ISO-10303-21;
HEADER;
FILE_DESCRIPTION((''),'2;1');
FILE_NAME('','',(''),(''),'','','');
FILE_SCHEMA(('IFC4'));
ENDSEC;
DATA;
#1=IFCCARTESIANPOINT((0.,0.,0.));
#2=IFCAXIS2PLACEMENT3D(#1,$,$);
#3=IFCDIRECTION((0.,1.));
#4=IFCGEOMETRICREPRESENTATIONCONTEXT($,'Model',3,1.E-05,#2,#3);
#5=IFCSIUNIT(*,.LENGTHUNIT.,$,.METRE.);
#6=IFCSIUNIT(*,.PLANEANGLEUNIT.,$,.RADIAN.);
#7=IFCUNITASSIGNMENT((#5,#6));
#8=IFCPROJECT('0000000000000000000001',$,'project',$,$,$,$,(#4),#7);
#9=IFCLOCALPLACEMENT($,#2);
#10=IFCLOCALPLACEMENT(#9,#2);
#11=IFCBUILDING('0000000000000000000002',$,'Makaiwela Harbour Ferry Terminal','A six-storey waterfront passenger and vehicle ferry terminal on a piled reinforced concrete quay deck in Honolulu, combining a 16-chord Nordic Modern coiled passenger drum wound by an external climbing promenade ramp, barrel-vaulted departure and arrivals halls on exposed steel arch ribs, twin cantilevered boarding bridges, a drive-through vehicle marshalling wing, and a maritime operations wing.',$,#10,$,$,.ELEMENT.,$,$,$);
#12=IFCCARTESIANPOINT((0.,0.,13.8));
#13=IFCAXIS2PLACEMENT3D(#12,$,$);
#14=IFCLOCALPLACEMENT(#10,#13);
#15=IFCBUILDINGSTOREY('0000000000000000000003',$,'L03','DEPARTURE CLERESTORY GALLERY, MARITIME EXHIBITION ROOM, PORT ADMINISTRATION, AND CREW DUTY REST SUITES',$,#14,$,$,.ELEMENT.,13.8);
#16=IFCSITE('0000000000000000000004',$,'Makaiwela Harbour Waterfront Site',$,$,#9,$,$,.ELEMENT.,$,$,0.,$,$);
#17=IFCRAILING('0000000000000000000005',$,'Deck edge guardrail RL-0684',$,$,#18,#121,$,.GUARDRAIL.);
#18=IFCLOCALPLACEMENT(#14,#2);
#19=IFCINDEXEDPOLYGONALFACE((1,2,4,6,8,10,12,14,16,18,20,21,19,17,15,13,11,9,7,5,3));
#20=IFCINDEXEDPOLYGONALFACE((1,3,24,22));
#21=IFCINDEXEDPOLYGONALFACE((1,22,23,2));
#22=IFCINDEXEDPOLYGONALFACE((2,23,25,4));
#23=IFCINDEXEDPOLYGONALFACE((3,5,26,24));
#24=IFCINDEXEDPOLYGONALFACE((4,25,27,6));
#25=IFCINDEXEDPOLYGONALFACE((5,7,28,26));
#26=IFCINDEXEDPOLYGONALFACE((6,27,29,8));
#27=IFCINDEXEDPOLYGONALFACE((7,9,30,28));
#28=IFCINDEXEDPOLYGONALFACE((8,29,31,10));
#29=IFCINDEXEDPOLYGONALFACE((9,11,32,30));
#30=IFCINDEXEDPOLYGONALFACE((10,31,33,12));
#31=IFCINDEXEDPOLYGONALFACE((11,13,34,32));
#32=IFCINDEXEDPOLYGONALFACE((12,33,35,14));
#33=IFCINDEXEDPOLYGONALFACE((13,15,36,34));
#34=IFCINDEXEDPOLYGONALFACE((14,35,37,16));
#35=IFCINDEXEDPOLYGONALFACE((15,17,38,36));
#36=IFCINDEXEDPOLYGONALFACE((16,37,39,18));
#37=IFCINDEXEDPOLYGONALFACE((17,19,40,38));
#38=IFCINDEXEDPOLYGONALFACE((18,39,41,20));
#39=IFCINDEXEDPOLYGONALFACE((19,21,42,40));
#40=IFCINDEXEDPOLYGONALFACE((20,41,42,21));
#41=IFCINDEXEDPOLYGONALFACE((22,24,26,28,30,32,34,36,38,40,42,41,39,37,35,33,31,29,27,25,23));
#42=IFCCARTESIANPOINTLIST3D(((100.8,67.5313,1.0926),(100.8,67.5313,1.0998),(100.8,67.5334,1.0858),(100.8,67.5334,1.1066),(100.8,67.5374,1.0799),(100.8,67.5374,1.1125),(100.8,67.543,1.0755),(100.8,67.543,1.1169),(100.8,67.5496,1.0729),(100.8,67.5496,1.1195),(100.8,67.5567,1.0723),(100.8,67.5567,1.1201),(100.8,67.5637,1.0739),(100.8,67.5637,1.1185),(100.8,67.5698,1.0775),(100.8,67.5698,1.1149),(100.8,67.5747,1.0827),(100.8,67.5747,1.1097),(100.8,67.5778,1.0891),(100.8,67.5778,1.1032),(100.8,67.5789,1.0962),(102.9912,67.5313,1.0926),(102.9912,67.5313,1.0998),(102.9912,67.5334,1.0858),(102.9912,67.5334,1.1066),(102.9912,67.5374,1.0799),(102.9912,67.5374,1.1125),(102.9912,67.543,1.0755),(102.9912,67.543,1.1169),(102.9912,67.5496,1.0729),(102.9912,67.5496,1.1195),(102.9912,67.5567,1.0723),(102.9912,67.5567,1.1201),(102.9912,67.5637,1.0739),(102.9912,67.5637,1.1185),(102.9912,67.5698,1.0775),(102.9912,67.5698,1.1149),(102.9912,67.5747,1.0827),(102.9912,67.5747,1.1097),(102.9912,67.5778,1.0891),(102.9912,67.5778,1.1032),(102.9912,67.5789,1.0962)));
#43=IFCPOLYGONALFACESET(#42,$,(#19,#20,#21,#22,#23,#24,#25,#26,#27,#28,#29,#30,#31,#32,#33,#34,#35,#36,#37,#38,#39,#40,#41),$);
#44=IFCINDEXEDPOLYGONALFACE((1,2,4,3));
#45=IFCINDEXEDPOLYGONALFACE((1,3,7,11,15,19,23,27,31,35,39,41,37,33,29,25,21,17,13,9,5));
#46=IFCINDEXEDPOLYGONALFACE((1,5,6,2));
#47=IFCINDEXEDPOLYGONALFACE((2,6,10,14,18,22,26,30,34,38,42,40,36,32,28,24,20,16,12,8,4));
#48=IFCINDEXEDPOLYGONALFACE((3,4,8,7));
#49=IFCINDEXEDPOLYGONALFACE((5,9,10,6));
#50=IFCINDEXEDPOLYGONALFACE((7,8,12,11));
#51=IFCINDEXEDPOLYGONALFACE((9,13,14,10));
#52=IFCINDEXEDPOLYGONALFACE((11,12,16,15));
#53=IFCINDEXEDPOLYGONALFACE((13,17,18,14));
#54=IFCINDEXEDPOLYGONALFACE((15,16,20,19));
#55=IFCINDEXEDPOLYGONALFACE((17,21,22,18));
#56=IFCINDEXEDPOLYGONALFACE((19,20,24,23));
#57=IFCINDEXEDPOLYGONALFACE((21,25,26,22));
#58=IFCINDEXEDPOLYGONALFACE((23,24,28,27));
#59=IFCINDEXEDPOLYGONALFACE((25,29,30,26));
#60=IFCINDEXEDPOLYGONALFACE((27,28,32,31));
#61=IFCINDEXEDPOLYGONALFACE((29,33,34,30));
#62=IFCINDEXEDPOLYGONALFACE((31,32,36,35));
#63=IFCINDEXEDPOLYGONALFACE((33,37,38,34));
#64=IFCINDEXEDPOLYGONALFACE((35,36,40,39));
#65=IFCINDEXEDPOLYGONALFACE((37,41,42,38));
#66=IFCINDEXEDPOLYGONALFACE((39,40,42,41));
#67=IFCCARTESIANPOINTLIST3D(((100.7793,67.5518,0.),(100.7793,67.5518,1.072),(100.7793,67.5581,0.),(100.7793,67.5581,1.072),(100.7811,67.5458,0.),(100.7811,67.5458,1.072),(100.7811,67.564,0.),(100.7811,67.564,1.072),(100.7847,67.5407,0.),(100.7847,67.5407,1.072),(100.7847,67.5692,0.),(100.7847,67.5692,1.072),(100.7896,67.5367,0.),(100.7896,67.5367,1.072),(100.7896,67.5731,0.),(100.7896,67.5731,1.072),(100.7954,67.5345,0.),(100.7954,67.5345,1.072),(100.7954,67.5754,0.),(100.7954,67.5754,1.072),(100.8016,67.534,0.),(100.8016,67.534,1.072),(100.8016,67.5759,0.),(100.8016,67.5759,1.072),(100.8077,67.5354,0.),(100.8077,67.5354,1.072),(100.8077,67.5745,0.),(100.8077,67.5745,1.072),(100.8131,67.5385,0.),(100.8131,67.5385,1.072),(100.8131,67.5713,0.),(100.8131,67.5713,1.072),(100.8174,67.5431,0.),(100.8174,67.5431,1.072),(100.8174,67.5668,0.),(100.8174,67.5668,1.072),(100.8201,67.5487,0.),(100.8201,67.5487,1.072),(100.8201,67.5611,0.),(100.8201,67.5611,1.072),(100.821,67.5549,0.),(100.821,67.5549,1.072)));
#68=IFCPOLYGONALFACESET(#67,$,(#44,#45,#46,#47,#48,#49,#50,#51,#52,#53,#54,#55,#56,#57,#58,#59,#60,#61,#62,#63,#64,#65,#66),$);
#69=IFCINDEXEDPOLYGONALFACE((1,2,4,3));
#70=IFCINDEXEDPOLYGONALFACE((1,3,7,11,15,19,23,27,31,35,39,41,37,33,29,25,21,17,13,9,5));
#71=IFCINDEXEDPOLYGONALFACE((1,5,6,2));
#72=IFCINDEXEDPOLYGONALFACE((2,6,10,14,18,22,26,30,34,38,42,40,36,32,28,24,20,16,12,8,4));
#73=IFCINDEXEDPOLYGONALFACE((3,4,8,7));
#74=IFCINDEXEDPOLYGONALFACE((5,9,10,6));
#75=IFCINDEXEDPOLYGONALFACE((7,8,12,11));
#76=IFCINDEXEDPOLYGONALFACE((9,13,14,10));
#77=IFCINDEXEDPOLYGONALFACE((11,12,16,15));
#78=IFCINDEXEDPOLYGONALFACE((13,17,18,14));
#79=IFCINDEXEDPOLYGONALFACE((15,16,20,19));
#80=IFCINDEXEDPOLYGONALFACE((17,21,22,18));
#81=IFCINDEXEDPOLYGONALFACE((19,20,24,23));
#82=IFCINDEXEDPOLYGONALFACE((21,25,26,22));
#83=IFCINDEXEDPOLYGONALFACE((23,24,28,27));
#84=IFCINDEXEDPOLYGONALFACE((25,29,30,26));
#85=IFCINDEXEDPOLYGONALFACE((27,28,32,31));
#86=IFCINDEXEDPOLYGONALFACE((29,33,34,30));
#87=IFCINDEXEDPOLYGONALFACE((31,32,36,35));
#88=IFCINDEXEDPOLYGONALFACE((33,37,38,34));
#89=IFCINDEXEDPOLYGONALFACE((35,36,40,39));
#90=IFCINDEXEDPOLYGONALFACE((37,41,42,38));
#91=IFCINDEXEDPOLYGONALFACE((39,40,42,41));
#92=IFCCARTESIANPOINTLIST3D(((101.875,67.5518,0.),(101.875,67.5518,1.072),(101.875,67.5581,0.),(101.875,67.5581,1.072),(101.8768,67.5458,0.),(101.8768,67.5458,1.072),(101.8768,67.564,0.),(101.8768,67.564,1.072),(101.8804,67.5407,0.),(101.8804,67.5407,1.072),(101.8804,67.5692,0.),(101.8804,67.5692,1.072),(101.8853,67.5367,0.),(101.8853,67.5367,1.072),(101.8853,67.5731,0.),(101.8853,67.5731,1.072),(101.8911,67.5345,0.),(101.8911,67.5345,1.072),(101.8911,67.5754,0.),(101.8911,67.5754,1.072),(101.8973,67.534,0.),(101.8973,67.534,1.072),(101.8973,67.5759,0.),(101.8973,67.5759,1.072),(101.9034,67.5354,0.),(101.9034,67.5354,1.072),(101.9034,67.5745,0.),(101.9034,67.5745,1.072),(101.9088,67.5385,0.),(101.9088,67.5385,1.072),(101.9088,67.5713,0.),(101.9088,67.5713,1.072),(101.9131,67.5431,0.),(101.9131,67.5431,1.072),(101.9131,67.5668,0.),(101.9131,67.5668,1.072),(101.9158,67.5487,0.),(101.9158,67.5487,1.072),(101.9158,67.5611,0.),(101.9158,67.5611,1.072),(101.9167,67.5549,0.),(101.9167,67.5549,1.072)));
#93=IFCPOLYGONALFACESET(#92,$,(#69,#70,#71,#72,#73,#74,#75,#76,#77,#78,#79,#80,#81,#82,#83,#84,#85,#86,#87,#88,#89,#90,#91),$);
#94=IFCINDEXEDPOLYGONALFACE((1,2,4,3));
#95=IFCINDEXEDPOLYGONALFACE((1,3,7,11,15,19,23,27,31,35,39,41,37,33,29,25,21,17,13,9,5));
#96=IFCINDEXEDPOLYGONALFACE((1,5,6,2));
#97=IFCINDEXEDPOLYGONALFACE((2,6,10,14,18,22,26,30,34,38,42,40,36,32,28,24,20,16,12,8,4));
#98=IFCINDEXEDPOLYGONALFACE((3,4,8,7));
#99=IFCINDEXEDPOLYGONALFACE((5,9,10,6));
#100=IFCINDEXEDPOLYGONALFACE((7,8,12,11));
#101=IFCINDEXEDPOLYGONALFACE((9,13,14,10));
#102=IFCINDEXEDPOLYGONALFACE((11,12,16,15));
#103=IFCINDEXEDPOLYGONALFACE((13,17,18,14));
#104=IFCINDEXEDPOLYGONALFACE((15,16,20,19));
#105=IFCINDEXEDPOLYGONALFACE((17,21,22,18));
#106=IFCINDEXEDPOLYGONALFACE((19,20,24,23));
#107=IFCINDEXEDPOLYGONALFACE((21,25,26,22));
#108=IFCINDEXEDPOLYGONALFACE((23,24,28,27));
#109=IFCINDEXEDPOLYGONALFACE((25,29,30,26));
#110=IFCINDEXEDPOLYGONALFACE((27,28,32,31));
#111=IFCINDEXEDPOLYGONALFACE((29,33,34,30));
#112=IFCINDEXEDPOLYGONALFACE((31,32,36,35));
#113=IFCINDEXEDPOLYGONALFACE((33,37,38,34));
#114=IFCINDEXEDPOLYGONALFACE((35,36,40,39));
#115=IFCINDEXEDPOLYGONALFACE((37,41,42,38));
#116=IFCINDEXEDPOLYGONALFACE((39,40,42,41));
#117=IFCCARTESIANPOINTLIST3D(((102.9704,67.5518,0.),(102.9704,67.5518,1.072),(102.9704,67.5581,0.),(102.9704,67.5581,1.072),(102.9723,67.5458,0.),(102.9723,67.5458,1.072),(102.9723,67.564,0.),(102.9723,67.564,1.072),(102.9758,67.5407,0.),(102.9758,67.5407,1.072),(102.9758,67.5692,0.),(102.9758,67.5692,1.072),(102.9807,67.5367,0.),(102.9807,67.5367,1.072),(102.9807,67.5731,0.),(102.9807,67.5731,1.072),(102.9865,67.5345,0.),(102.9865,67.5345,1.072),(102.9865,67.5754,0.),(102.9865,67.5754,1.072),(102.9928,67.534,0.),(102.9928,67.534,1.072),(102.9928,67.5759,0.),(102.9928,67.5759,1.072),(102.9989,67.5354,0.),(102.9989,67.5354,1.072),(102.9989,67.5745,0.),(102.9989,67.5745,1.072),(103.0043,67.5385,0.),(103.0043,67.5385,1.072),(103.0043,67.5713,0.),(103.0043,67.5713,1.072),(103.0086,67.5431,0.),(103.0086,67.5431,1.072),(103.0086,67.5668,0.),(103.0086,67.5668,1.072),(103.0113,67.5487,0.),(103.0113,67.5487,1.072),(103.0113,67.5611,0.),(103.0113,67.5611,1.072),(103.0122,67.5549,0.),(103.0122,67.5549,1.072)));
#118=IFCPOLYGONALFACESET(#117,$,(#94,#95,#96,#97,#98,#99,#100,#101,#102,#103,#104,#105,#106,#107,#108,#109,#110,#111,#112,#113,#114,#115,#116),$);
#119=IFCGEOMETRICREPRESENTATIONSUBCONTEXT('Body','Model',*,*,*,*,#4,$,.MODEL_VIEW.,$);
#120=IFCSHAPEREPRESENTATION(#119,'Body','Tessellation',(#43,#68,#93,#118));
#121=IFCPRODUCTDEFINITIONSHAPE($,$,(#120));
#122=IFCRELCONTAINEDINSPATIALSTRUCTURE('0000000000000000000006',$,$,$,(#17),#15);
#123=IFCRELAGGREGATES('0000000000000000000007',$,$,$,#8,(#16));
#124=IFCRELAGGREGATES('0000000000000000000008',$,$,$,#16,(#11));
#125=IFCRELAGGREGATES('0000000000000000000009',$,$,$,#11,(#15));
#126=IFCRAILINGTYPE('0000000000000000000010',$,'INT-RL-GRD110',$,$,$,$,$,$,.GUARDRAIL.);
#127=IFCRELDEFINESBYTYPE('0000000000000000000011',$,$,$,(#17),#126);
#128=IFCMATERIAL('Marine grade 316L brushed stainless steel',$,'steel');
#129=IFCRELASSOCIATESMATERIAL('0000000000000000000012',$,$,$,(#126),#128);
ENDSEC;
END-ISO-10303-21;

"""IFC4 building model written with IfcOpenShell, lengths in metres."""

from ifc_helpers import new_model, si_unit, direction, frame, origin, origin_2d, place, context, subcontext, project, spatial, circle, extrude, material, type_object, element, save


model = new_model("IFC4")

# Units and contexts
model_context = context("Model", 3, precision=1e-05, world=origin(), true_north=direction((0.0, 1.0)))
body_context = subcontext(model_context, "Body", "Model", "MODEL_VIEW")
ifc_project = project(units=[si_unit("LENGTHUNIT", "METRE"), si_unit("PLANEANGLEUNIT", "RADIAN")], contexts=[model_context])

# Site, building, storey
site_placement = place(None, origin())
site = spatial("IfcSite", under=ifc_project, at=site_placement, Name="Makaiwela Harbour Waterfront Site", CompositionType="ELEMENT", RefElevation=0.0)
building_placement = place(site_placement, origin())
building = spatial("IfcBuilding", under=site, at=building_placement, Name="Makaiwela Harbour Ferry Terminal", Description="A six-storey waterfront passenger and vehicle ferry terminal on a piled reinforced concrete quay deck in Honolulu, combining a 16-chord Nordic Modern coiled passenger drum wound by an external climbing promenade ramp, barrel-vaulted departure and arrivals halls on exposed steel arch ribs, twin cantilevered boarding bridges, a drive-through vehicle marshalling wing, and a maritime operations wing.", CompositionType="ELEMENT")
storey_placement = place(building_placement, frame((0.0, 0.0, 13.8)))
storey = spatial("IfcBuildingStorey", under=building, at=storey_placement, Name="L03", Description="DEPARTURE CLERESTORY GALLERY, MARITIME EXHIBITION ROOM, PORT ADMINISTRATION, AND CREW DUTY REST SUITES", CompositionType="ELEMENT", Elevation=13.8)

# Railing
ifc_material_1 = material(Name="Marine grade 316L brushed stainless steel", Category="steel")
railing_type = type_object("IfcRailingType", Name="INT-RL-GRD110", PredefinedType="GUARDRAIL", material=ifc_material_1)
railing_1_placement = place(storey_placement, frame((100.8, 67.5549, 0.0)))
element("IfcRailing", 1, at=railing_1_placement, inside=storey, type_object=railing_type, Name="Deck edge guardrail RL-0684", PredefinedType="GUARDRAIL", context=body_context, shape_type="SweptSolid", body=[
    extrude(circle(Radius=0.0239, at=origin_2d()), frame((0.0, 0.0, 1.0962), z_axis=(1.0, 0.0, 0.0), x_axis=(0.0, 1.0, 0.0)), (0.0, 0.0, 1.0), 2.1912),
    extrude(circle(Radius=0.021, at=origin_2d()), origin(), (0.0, 0.0, 1.0), 1.072),
    extrude(circle(Radius=0.021, at=origin_2d()), frame((1.0957, 0.0, 0.0)), (0.0, 0.0, 1.0), 1.072),
    extrude(circle(Radius=0.021, at=origin_2d()), frame((2.1912, 0.0, 0.0)), (0.0, 0.0, 1.0), 1.072),
])

save(model, "model.ifc")
